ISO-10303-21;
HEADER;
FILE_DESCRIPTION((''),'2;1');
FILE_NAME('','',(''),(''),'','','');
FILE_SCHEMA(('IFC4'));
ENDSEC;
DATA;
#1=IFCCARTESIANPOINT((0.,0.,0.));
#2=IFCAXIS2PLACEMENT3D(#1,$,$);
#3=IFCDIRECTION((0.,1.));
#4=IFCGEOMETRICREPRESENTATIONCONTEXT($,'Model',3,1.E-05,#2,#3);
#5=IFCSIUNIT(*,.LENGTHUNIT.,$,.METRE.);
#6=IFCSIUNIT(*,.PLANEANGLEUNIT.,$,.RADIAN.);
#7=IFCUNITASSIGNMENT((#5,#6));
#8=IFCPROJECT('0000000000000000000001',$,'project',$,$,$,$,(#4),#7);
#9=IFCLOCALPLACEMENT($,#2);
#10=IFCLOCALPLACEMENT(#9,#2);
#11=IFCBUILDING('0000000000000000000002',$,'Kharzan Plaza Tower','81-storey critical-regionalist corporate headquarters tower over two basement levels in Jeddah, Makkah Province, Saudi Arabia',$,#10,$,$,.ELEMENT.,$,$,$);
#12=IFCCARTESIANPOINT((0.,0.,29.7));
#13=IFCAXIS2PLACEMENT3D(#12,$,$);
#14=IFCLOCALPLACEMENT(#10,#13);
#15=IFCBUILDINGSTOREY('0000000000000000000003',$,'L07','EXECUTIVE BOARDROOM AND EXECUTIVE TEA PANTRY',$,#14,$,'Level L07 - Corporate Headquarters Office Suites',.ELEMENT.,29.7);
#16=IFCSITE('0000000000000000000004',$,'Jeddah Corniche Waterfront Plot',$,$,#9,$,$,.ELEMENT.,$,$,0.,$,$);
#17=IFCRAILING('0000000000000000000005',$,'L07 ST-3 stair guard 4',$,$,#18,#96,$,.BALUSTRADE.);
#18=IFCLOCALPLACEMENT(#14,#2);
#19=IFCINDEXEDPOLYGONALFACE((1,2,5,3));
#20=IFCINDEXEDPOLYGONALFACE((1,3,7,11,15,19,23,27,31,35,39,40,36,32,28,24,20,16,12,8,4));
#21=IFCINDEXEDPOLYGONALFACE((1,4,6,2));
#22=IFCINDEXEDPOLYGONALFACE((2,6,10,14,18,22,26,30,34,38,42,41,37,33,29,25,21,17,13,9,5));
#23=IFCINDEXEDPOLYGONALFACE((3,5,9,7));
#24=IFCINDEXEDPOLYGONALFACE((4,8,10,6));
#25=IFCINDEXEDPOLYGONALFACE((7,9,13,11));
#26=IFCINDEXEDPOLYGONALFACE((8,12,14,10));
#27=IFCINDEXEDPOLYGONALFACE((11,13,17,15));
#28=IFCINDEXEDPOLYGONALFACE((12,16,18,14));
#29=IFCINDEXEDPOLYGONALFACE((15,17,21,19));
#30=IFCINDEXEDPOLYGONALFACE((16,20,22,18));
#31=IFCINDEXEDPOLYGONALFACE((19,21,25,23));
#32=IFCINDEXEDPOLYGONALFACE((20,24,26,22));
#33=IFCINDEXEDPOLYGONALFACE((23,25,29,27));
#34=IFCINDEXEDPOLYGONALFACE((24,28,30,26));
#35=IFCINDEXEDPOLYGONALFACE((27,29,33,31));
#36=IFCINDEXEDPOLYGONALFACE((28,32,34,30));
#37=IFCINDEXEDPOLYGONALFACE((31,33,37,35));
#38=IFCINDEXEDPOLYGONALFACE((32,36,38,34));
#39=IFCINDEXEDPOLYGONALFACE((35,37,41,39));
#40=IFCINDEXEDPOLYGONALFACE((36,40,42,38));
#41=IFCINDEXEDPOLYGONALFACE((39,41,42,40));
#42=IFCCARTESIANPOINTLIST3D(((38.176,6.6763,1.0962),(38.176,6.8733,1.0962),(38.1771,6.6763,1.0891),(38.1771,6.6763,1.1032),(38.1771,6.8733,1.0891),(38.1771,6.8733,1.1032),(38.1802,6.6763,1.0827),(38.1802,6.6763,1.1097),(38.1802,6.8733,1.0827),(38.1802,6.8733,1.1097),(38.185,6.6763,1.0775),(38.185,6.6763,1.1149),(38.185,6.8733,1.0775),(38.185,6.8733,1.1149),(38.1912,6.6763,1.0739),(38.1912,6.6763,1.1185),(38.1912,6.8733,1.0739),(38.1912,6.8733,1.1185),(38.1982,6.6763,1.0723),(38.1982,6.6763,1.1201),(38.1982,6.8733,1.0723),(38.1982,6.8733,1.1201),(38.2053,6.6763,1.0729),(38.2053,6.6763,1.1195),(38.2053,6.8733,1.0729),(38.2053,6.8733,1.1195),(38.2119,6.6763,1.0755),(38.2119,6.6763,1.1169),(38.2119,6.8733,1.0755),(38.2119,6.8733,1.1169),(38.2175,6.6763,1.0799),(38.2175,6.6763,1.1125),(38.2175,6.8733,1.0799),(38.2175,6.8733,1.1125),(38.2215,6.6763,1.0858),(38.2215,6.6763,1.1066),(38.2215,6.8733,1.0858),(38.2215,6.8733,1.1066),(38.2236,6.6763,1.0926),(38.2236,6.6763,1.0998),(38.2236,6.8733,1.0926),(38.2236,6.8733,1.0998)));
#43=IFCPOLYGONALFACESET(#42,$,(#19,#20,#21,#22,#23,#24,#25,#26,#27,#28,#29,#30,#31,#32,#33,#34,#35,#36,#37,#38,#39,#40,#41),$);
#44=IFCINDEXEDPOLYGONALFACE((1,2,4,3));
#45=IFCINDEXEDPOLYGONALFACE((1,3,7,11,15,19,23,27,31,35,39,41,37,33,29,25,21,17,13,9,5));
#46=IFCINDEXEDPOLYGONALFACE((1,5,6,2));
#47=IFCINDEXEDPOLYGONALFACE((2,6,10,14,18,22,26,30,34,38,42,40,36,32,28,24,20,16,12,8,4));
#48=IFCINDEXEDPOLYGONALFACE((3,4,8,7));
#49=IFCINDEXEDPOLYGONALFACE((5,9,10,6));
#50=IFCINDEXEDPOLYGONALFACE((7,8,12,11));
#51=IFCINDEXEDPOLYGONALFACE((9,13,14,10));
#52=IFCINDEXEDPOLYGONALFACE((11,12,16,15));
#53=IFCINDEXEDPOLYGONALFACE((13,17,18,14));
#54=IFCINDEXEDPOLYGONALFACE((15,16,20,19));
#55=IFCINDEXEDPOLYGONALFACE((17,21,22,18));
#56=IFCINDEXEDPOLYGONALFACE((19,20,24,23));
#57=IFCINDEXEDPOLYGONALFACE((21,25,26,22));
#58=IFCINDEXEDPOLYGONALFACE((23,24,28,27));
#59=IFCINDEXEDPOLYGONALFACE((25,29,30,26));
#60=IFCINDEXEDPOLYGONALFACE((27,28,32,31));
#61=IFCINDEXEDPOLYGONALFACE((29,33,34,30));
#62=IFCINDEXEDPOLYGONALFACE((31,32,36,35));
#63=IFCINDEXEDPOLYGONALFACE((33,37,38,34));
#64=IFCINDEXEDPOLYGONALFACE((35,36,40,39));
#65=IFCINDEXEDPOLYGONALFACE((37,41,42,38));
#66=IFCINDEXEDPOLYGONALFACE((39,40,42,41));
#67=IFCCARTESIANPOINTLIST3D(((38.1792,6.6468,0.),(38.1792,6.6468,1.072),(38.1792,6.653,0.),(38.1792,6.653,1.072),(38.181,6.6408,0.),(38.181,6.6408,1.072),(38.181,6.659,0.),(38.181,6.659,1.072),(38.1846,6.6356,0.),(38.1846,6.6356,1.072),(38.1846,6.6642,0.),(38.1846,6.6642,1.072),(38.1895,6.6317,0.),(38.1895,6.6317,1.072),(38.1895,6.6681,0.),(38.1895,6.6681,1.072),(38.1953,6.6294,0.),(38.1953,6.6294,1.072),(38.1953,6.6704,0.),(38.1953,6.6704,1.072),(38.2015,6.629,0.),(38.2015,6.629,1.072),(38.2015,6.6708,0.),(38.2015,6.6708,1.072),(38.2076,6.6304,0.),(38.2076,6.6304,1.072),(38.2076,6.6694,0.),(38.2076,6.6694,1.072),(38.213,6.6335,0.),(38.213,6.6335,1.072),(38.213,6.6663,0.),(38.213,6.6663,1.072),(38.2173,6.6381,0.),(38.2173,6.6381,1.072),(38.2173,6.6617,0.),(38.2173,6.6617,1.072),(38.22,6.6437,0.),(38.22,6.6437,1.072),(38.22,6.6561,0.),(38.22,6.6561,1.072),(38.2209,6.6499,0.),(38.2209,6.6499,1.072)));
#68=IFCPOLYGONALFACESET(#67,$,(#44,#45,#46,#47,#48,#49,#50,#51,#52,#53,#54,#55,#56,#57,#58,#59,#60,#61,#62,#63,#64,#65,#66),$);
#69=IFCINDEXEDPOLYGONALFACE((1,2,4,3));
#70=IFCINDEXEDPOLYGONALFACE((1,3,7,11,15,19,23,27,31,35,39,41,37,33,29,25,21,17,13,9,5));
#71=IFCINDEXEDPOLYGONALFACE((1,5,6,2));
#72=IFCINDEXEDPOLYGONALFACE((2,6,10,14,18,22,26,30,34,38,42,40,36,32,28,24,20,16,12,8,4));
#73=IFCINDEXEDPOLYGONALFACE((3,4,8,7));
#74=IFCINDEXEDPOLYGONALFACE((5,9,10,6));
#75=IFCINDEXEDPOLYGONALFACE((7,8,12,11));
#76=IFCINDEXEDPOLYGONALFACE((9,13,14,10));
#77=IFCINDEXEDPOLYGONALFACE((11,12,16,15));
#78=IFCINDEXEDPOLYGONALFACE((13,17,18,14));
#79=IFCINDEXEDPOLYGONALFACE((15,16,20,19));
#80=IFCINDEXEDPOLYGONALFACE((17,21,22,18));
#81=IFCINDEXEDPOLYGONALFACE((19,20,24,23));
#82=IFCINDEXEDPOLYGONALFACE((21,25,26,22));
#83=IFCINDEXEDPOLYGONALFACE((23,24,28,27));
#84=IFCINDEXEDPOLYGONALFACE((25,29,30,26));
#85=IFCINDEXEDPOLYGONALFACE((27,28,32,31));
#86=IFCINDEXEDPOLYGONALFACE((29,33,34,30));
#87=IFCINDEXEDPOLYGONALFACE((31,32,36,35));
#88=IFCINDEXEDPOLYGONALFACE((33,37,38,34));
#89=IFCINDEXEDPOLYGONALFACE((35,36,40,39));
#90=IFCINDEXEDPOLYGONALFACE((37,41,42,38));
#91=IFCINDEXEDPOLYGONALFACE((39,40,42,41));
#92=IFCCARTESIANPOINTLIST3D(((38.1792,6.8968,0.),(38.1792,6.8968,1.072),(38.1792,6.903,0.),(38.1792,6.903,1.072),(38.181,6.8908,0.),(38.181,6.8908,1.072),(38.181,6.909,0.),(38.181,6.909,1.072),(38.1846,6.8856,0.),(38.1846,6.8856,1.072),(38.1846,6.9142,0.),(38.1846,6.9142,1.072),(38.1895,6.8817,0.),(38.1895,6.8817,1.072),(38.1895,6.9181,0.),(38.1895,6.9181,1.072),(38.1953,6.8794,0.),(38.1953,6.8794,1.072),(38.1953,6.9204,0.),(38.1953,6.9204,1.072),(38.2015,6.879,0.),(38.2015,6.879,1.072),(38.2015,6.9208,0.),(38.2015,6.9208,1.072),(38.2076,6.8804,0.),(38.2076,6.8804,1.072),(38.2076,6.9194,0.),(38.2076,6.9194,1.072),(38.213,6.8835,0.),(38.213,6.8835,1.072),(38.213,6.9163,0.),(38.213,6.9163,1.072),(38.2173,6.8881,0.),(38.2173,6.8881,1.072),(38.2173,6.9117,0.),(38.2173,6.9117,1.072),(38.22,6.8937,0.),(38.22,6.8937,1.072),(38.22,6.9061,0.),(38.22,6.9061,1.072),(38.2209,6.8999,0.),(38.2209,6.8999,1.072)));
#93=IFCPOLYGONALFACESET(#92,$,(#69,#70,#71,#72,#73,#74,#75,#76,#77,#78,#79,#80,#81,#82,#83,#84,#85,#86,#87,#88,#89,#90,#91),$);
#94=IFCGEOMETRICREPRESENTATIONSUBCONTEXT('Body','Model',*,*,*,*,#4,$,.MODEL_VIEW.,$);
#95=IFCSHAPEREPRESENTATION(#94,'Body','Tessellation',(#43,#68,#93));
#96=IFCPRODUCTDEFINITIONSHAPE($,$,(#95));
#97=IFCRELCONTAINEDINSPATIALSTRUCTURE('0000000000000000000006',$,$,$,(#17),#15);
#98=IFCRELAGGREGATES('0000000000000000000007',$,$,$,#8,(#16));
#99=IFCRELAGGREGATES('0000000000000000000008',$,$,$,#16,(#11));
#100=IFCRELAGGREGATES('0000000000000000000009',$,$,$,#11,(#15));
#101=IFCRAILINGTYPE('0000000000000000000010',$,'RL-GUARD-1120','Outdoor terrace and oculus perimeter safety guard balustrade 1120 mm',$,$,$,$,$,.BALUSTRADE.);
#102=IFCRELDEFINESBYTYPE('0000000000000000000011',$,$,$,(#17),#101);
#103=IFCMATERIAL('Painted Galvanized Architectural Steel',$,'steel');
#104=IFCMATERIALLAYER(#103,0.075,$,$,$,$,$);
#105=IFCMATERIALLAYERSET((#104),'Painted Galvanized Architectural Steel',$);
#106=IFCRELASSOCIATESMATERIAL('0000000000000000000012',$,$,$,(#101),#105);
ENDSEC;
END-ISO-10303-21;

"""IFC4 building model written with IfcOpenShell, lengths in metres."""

from ifc_helpers import new_model, si_unit, direction, frame, origin, origin_2d, place, context, subcontext, project, spatial, circle, extrude, source, transform, mapped, material, layer, layer_set, type_object, element, save


model = new_model("IFC4")

# Units and contexts
model_context = context("Model", 3, precision=1e-05, world=origin(), true_north=direction((0.0, 1.0)))
body_context = subcontext(model_context, "Body", "Model", "MODEL_VIEW")
ifc_project = project(units=[si_unit("LENGTHUNIT", "METRE"), si_unit("PLANEANGLEUNIT", "RADIAN")], contexts=[model_context])

# Site, building, storey
site_placement = place(None, origin())
site = spatial("IfcSite", under=ifc_project, at=site_placement, Name="Jeddah Corniche Waterfront Plot", CompositionType="ELEMENT", RefElevation=0.0)
building_placement = place(site_placement, origin())
building = spatial("IfcBuilding", under=site, at=building_placement, Name="Kharzan Plaza Tower", Description="81-storey critical-regionalist corporate headquarters tower over two basement levels in Jeddah, Makkah Province, Saudi Arabia", CompositionType="ELEMENT")
storey_placement = place(building_placement, frame((0.0, 0.0, 29.7)))
storey = spatial("IfcBuildingStorey", under=building, at=storey_placement, Name="L07", Description="EXECUTIVE BOARDROOM AND EXECUTIVE TEA PANTRY", LongName="Level L07 - Corporate Headquarters Office Suites", CompositionType="ELEMENT", Elevation=29.7)

# Railing
ifc_material_1 = material(Name="Painted Galvanized Architectural Steel", Category="steel")
ifc_layer_1 = layer(ifc_material_1, 0.075)
ifc_layer_set_1 = layer_set([ifc_layer_1], Name="Painted Galvanized Architectural Steel")
railing_type_1 = type_object("IfcRailingType", Name="RL-GUARD-1120", Description="Outdoor terrace and oculus perimeter safety guard balustrade 1120 mm", PredefinedType="BALUSTRADE", material=ifc_layer_set_1)
shared_shape_1 = source(origin(), body_context, "Body", "SweptSolid", [
    extrude(circle(Radius=0.0239, at=origin_2d()), frame((0.0, 0.0264, 1.0962), z_axis=(0.0, 1.0, 0.0), x_axis=(-1.0, 0.0, 0.0)), (0.0, 0.0, 1.0), 0.197),
    extrude(circle(Radius=0.021, at=origin_2d()), origin(), (0.0, 0.0, 1.0), 1.072),
    extrude(circle(Radius=0.021, at=origin_2d()), frame((0.0, 0.25, 0.0)), (0.0, 0.0, 1.0), 1.072),
])
for number, where, name in (
    (1, (38.2, 6.6499, 0.0), "L07 ST-3 stair guard 4"),
):
    element("IfcRailing", number, at=place(storey_placement, frame(where)), inside=storey, type_object=railing_type_1, Name=name, PredefinedType="BALUSTRADE", context=body_context, shape_type="MappedRepresentation", body=[
        mapped(shared_shape_1, transform((0.0, 0.0, 0.0), x_axis=(1.0, 0.0, 0.0), y_axis=(0.0, 1.0, 0.0), z_axis=(0.0, 0.0, 1.0))),
    ])

save(model, "model.ifc")
